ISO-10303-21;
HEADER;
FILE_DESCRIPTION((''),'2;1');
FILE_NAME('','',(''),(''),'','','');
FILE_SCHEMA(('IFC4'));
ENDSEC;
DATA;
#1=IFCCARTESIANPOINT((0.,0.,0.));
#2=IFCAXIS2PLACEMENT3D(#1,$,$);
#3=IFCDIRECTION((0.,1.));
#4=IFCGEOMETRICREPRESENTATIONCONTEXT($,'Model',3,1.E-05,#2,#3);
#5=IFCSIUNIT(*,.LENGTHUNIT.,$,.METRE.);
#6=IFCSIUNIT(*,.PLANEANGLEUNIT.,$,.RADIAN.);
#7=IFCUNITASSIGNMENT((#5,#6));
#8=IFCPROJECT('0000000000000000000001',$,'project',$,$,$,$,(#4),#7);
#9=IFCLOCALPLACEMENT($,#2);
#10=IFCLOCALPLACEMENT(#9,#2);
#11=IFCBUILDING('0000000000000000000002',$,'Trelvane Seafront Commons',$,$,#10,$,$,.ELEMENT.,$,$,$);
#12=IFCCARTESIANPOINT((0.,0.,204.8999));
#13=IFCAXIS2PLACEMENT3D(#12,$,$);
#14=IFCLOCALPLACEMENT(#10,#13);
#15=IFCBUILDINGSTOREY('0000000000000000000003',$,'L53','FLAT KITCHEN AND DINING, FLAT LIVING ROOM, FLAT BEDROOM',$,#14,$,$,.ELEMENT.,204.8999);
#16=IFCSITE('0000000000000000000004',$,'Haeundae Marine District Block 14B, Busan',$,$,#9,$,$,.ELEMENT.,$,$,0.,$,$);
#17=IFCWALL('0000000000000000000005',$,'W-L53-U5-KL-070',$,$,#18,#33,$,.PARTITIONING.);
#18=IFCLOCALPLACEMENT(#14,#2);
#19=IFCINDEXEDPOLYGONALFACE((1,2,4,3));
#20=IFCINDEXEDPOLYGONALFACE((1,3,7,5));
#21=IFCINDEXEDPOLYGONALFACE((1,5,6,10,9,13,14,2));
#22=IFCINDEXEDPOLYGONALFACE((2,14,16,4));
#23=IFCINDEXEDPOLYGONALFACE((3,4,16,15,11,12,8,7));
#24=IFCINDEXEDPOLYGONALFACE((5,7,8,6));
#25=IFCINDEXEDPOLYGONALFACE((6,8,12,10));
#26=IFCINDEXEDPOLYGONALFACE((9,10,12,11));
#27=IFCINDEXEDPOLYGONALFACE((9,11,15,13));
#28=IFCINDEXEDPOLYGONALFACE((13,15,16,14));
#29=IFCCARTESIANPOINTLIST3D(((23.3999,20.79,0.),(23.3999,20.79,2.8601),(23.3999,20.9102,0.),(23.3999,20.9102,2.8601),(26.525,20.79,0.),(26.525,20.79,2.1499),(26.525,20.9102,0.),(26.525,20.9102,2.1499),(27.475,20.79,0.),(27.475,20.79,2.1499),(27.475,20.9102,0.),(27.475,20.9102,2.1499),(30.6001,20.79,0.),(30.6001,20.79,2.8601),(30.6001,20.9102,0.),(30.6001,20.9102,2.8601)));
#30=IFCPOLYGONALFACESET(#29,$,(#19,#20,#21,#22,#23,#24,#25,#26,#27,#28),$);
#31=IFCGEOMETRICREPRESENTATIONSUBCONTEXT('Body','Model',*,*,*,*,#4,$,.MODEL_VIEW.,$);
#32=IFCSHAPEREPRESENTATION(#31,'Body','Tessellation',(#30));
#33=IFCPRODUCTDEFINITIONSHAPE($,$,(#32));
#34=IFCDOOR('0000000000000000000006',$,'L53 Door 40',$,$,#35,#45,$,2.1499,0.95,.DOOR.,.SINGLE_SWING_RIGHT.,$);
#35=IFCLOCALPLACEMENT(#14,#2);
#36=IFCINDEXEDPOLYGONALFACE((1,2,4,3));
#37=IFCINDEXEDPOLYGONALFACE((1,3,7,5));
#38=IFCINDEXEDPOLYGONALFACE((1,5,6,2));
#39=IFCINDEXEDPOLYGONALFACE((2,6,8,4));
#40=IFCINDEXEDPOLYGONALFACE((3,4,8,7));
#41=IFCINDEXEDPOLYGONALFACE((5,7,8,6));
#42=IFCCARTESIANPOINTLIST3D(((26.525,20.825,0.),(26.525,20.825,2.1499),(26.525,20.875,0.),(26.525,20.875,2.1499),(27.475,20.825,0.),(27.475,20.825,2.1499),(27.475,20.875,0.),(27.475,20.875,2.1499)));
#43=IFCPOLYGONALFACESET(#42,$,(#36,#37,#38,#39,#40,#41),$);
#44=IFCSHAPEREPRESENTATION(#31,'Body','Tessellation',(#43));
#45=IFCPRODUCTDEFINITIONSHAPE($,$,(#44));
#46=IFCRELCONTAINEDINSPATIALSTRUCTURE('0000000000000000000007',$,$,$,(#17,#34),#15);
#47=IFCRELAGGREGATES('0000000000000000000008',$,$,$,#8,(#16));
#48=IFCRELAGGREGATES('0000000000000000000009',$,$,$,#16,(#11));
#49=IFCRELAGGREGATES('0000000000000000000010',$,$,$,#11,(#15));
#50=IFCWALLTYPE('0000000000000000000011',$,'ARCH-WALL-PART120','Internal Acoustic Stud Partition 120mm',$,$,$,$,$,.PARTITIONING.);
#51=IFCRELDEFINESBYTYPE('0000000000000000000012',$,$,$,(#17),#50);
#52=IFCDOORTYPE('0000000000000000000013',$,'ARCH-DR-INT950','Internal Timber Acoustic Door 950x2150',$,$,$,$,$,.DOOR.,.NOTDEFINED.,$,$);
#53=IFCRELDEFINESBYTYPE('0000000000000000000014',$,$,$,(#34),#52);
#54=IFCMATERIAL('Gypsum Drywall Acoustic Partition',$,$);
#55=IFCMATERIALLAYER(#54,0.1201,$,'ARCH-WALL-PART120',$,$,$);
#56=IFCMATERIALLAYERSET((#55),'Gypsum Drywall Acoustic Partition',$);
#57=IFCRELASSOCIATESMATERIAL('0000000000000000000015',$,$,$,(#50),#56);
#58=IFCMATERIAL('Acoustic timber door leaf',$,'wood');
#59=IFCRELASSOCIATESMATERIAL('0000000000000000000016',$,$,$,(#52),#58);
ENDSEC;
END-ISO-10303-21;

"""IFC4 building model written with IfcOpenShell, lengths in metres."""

from ifc_helpers import new_model, si_unit, direction, frame, frame_2d, origin, place, context, subcontext, project, spatial, rectangle, extrude, source, transform, mapped, material, layer, layer_set, type_object, element, fill, save


model = new_model("IFC4")

# Units and contexts
model_context = context("Model", 3, precision=1e-05, world=origin(), true_north=direction((0.0, 1.0)))
body_context = subcontext(model_context, "Body", "Model", "MODEL_VIEW")
ifc_project = project(units=[si_unit("LENGTHUNIT", "METRE"), si_unit("PLANEANGLEUNIT", "RADIAN")], contexts=[model_context])

# Site, building, storey
site_placement = place(None, origin())
site = spatial("IfcSite", under=ifc_project, at=site_placement, Name="Haeundae Marine District Block 14B, Busan", CompositionType="ELEMENT", RefElevation=0.0)
building_placement = place(site_placement, origin())
building = spatial("IfcBuilding", under=site, at=building_placement, Name="Trelvane Seafront Commons", CompositionType="ELEMENT")
storey_placement = place(building_placement, frame((0.0, 0.0, 204.8999)))
storey = spatial("IfcBuildingStorey", under=building, at=storey_placement, Name="L53", Description="FLAT KITCHEN AND DINING, FLAT LIVING ROOM, FLAT BEDROOM", CompositionType="ELEMENT", Elevation=204.8999)

# Wall, opening, door
ifc_material_1 = material(Name="Gypsum Drywall Acoustic Partition")
ifc_layer = layer(ifc_material_1, 0.1201, Name="ARCH-WALL-PART120")
ifc_layer_set = layer_set([ifc_layer], Name="Gypsum Drywall Acoustic Partition")
wall_type = type_object("IfcWallType", Name="ARCH-WALL-PART120", Description="Internal Acoustic Stud Partition 120mm", PredefinedType="PARTITIONING", material=ifc_layer_set)
ifc_material_2 = material(Name="Acoustic timber door leaf", Category="wood")
door_type = type_object("IfcDoorType", Name="ARCH-DR-INT950", Description="Internal Timber Acoustic Door 950x2150", OperationType="NOTDEFINED", PredefinedType="DOOR", material=ifc_material_2)
shared_shape_1 = source(origin(), body_context, "Body", "SweptSolid", [
    extrude(rectangle(XDim=0.95, YDim=2.1499, at=frame_2d((0.4751, 1.075))), frame((0.0, 0.0249, 0.0), z_axis=(0.0, -1.0, 0.0), x_axis=(1.0, 0.0, 0.0)), (0.0, 0.0, 1.0), 0.05),
])
wall_1_placement = place(storey_placement, frame((23.3999, 20.8501, 0.0), z_axis=(0.0, 0.0, 1.0), x_axis=(1.0, 0.0, 0.0)))
wall_1 = element("IfcWall", 1, at=wall_1_placement, inside=storey, type_object=wall_type, Name="W-L53-U5-KL-070", PredefinedType="PARTITIONING", context=body_context, shape_type="SweptSolid", body=[
    extrude(rectangle(XDim=7.2002, YDim=0.1201, at=frame_2d((3.6001, 0.0))), origin(), (0.0, 0.0, 1.0), 2.8601),
])
opening_1_placement = place(wall_1_placement, frame((3.125, 0.0, 0.0)))
opening_1 = element("IfcOpeningElement", 2, at=opening_1_placement, cuts=wall_1, PredefinedType="OPENING", context=body_context, shape_type="SweptSolid", body=[
    extrude(rectangle(XDim=0.95, YDim=2.1499, at=frame_2d((0.4751, 1.075))), frame((0.0, 0.0701, 0.0), z_axis=(0.0, -1.0, 0.0), x_axis=(1.0, 0.0, 0.0)), (0.0, 0.0, 1.0), 0.1401),
])
door_1_placement = place(opening_1_placement, origin())
door_1 = element("IfcDoor", 3, at=door_1_placement, inside=storey, type_object=door_type, Name="L53 Door 40", OperationType="SINGLE_SWING_RIGHT", OverallHeight=2.1499, OverallWidth=0.95, PredefinedType="DOOR", context=body_context, shape_type="MappedRepresentation", body=[
    mapped(shared_shape_1, transform((0.0, 0.0, 0.0), x_axis=(1.0, 0.0, 0.0), y_axis=(0.0, 1.0, 0.0), z_axis=(0.0, 0.0, 1.0), scale=1.0)),
])
fill(opening_1, door_1)

save(model, "model.ifc")
